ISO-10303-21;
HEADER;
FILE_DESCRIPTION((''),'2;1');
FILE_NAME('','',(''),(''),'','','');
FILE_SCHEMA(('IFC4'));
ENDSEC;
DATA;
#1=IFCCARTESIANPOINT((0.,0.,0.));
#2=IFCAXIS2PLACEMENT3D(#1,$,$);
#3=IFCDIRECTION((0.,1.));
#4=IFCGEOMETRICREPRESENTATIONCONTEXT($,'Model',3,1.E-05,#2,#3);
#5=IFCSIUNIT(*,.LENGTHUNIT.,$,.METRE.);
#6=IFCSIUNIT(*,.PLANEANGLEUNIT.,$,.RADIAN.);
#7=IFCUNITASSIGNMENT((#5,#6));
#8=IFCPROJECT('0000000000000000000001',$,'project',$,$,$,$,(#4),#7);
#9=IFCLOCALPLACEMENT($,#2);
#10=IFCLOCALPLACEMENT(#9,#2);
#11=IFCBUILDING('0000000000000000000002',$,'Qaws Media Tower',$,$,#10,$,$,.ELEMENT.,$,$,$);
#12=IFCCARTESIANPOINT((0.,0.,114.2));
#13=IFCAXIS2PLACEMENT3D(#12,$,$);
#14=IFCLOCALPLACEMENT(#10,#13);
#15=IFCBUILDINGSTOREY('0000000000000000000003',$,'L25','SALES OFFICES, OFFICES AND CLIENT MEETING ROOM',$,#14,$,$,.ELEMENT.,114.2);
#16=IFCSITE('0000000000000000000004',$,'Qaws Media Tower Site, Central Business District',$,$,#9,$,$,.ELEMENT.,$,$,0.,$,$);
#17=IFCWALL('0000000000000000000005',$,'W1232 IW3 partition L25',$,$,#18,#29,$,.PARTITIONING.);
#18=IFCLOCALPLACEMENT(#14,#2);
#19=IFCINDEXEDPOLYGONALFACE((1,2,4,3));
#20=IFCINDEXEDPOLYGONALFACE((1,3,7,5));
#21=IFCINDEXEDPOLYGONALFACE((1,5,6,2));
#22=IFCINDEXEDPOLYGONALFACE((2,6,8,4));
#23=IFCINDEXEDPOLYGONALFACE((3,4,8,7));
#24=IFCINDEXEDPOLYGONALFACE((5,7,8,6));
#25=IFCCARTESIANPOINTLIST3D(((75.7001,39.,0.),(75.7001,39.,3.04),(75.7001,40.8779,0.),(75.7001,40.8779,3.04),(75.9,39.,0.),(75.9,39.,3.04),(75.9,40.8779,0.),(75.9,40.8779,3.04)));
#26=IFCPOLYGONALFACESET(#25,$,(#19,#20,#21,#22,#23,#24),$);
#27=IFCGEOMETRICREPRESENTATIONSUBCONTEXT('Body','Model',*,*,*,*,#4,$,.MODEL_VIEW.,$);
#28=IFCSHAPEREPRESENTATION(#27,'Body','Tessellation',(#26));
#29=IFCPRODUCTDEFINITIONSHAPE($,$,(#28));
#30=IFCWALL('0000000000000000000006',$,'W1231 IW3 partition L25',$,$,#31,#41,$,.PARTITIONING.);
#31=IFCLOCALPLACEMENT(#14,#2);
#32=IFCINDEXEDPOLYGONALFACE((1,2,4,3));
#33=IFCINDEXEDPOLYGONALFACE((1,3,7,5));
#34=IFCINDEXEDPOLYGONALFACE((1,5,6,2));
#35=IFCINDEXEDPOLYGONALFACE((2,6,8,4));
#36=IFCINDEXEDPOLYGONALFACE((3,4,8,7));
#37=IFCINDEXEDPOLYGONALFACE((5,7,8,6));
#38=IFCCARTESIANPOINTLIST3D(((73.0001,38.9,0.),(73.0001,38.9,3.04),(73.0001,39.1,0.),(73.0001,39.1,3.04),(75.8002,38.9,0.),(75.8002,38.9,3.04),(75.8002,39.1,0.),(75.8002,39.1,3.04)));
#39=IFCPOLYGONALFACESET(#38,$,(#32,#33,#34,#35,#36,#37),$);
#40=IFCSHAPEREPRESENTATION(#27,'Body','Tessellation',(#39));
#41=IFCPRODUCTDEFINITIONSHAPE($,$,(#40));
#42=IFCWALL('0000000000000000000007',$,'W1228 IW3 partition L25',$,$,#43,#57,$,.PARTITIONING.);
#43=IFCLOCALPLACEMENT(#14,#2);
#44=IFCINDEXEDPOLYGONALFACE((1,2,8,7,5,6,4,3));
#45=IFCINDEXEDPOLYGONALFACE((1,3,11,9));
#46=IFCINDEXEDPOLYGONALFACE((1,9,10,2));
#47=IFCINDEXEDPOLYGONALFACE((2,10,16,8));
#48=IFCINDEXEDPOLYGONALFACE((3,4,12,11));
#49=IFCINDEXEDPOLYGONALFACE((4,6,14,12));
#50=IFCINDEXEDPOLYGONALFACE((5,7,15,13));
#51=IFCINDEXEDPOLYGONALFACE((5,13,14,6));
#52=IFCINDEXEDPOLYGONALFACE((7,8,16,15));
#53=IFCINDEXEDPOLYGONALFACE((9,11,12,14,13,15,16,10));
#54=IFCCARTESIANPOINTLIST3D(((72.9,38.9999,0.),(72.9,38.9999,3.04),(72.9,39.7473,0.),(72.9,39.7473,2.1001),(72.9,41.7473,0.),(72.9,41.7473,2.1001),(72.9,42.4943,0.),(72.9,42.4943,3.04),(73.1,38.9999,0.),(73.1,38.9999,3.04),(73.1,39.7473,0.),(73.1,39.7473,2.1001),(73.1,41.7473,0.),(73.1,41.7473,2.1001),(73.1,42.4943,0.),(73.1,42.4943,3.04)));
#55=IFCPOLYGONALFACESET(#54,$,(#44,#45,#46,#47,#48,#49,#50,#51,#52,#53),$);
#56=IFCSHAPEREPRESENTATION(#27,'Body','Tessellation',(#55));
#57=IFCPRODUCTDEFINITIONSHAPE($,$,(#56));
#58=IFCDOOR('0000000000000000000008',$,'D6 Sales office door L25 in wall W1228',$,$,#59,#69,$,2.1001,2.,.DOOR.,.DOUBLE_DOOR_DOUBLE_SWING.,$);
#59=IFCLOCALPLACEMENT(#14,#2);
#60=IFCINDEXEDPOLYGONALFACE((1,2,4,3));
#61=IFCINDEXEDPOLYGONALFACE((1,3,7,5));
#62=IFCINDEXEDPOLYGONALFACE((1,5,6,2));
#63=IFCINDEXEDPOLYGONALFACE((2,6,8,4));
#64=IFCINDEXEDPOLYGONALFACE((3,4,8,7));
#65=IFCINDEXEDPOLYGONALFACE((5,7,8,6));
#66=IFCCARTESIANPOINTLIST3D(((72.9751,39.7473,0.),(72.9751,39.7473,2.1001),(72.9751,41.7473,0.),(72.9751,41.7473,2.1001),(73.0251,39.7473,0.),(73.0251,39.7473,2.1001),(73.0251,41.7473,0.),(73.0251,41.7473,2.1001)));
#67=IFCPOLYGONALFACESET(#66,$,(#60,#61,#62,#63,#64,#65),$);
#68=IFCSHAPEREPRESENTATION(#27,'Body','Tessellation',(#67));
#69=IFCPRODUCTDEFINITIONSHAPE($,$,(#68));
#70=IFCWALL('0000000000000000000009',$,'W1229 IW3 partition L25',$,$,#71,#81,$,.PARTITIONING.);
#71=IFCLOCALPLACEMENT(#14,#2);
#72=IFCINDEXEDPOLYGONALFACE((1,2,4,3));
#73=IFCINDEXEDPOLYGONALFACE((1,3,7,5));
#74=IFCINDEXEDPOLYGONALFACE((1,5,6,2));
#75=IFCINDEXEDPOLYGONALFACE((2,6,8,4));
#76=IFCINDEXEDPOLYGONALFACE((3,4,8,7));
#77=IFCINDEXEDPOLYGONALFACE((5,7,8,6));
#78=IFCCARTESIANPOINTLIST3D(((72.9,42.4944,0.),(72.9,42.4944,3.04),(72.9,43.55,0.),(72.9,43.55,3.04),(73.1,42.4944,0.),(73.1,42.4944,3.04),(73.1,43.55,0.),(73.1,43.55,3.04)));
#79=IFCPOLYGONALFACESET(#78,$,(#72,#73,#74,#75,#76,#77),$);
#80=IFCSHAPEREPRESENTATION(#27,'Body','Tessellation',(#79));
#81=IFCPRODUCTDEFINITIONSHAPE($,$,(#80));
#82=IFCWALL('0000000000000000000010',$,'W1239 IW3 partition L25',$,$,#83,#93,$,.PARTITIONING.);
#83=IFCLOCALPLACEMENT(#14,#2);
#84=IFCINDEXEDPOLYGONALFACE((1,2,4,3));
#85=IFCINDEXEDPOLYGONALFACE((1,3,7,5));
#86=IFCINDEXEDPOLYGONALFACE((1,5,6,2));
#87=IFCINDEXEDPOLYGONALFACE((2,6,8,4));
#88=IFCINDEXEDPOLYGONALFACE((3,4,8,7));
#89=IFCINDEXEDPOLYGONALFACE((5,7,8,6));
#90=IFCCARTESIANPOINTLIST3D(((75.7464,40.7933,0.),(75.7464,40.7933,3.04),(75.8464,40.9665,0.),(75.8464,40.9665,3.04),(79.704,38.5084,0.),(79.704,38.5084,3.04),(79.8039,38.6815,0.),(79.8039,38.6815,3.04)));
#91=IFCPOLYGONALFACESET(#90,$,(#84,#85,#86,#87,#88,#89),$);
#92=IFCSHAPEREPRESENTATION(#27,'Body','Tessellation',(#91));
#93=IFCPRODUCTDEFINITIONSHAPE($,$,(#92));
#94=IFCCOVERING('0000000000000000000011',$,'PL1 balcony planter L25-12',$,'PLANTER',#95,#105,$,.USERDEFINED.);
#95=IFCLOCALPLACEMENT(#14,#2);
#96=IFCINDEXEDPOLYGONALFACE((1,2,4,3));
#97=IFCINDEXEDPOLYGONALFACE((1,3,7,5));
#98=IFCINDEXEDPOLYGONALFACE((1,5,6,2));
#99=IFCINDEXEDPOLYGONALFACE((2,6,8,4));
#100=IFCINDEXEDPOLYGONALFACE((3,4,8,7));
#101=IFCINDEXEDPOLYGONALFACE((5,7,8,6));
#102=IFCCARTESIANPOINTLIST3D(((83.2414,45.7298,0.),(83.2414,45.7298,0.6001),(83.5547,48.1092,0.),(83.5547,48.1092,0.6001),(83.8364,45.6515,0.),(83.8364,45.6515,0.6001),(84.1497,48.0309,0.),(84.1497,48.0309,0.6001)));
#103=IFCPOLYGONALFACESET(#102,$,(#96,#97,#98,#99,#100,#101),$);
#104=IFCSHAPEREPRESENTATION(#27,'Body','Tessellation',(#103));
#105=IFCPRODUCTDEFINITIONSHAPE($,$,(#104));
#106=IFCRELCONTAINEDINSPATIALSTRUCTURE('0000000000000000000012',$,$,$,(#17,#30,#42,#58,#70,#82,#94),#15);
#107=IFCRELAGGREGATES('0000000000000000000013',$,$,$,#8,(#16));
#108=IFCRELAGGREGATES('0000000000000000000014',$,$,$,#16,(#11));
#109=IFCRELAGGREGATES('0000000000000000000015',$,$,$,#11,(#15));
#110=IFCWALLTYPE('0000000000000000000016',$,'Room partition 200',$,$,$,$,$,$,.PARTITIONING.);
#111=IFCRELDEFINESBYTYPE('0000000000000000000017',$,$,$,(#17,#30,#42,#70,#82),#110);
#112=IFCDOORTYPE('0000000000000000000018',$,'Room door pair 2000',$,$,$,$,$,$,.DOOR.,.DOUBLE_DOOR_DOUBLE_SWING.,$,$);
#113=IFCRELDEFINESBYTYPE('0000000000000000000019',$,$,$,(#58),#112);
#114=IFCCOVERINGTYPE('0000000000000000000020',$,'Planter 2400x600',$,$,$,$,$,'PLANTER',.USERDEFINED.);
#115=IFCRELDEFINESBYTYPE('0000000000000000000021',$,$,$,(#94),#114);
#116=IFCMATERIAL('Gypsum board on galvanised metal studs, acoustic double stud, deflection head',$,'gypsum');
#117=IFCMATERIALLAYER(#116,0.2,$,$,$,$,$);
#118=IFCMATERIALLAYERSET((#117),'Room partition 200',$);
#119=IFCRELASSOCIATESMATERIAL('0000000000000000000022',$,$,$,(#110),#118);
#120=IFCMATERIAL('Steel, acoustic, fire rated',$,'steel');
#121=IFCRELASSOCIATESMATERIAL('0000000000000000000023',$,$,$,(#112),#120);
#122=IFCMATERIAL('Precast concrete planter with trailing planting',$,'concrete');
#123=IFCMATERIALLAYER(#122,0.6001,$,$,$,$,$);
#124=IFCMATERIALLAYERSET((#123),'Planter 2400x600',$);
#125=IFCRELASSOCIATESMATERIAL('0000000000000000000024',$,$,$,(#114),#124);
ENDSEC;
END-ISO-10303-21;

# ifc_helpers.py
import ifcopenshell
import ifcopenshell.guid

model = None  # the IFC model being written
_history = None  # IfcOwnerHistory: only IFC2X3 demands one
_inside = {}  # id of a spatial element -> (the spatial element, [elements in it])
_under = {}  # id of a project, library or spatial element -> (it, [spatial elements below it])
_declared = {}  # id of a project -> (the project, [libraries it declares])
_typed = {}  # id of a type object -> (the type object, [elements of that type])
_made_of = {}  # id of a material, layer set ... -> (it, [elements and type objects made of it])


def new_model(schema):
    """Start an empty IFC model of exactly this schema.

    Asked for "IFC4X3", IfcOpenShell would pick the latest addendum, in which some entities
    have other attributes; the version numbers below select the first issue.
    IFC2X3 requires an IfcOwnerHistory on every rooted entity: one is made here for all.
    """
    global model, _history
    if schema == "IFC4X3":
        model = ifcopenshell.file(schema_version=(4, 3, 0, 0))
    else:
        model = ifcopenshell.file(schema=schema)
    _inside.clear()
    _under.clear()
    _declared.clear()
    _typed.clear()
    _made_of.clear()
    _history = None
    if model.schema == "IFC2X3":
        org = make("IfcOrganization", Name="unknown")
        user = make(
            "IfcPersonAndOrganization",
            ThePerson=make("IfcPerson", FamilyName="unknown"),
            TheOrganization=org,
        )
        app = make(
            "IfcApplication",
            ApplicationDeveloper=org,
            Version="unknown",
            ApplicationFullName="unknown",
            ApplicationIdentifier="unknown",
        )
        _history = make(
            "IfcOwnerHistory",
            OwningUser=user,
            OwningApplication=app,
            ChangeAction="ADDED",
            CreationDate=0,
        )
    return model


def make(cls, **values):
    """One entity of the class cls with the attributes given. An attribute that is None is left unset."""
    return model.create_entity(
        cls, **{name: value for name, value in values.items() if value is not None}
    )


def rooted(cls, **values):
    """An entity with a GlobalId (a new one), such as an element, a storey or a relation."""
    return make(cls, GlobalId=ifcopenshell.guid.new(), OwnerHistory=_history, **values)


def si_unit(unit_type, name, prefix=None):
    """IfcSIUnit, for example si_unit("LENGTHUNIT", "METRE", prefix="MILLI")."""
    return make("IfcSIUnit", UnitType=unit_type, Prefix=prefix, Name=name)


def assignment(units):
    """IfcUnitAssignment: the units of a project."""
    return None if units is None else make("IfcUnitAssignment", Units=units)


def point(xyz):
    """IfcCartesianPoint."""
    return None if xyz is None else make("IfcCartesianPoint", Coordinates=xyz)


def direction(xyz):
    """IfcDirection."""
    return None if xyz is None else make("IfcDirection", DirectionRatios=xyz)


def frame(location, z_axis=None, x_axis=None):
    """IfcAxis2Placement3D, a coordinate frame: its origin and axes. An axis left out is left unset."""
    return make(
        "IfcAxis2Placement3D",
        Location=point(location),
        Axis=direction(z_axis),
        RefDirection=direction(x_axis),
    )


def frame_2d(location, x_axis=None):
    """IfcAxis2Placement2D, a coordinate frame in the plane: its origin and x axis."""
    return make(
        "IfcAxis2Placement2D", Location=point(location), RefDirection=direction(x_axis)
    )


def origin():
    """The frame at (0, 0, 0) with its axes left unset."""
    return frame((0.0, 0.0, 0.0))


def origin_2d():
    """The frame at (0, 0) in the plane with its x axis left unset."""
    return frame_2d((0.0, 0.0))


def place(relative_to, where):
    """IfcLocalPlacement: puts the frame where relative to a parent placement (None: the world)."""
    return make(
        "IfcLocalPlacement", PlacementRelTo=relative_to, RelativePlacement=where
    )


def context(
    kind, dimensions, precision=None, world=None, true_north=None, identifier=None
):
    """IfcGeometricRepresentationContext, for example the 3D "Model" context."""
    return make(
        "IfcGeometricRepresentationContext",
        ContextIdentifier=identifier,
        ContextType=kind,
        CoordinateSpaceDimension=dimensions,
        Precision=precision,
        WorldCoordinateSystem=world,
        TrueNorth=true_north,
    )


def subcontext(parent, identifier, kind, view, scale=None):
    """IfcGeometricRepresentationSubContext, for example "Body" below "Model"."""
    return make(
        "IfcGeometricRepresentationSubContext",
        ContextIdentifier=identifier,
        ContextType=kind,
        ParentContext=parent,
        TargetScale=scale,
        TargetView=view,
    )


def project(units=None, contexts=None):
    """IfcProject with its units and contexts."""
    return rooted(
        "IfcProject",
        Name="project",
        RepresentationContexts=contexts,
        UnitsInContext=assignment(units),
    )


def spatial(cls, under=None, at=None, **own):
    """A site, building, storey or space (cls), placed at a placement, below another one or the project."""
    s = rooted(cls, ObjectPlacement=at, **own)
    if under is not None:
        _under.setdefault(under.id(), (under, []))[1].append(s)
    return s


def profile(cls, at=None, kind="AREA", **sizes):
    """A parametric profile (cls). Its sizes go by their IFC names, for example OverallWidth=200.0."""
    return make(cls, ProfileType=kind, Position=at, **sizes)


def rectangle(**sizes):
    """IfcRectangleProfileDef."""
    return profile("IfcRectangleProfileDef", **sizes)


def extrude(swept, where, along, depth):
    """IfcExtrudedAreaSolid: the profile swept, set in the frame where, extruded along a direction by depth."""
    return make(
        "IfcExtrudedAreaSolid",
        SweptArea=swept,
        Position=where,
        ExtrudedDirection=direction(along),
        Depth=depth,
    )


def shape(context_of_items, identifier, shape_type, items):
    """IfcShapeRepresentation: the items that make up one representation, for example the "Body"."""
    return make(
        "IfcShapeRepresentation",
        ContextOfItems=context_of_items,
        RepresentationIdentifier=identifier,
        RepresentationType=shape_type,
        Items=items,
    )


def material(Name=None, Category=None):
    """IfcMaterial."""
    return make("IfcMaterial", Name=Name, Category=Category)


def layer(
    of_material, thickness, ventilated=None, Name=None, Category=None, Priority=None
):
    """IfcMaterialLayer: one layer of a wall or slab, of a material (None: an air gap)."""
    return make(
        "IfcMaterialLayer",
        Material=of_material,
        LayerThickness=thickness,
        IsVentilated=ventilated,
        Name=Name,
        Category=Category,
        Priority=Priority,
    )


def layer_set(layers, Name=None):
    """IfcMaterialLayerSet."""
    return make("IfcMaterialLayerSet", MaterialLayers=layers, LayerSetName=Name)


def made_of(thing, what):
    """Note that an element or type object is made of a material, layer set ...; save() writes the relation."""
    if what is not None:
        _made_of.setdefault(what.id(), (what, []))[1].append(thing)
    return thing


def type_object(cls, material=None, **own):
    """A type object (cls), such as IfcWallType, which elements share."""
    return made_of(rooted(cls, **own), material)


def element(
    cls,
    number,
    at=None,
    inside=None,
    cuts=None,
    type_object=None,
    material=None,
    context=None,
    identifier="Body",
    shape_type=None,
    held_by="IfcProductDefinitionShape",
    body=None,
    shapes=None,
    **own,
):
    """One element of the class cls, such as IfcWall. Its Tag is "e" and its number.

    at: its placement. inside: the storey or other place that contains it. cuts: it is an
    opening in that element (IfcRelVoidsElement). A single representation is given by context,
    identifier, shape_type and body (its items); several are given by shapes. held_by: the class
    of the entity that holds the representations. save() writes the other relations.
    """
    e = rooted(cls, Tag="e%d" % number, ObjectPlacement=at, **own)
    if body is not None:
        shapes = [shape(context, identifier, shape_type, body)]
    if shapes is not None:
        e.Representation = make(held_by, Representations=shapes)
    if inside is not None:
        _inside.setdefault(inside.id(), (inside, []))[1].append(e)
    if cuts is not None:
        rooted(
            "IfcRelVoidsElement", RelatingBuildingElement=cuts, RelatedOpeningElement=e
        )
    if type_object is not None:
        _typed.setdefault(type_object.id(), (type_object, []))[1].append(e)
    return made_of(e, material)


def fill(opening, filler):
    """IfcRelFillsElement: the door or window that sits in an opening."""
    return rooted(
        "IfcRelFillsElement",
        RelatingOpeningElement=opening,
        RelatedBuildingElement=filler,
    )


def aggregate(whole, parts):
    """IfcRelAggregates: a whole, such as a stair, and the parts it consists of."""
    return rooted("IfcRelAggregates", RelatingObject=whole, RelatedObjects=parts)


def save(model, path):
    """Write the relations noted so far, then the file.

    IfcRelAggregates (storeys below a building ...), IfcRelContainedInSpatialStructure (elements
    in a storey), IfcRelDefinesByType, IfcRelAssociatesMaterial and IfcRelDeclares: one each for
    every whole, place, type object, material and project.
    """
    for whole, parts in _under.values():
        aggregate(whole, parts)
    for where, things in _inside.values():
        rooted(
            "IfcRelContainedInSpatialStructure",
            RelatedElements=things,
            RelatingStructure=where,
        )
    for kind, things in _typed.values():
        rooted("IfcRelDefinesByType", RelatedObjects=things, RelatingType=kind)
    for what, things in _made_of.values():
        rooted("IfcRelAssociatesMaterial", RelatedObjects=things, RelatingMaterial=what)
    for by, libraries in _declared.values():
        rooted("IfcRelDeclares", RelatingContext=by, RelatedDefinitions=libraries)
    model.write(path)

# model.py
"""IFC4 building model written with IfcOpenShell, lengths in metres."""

from ifc_helpers import new_model, si_unit, direction, frame, frame_2d, origin, origin_2d, place, context, subcontext, project, spatial, rectangle, extrude, material, layer, layer_set, type_object, element, fill, save


model = new_model("IFC4")

# Units and contexts
model_context = context("Model", 3, precision=1e-05, world=origin(), true_north=direction((0.0, 1.0)))
body_context = subcontext(model_context, "Body", "Model", "MODEL_VIEW")
ifc_project = project(units=[si_unit("LENGTHUNIT", "METRE"), si_unit("PLANEANGLEUNIT", "RADIAN")], contexts=[model_context])

# Site, building, storey
site_placement = place(None, origin())
site = spatial("IfcSite", under=ifc_project, at=site_placement, Name="Qaws Media Tower Site, Central Business District", CompositionType="ELEMENT", RefElevation=0.0)
building_placement = place(site_placement, origin())
building = spatial("IfcBuilding", under=site, at=building_placement, Name="Qaws Media Tower", CompositionType="ELEMENT")
storey_placement = place(building_placement, frame((0.0, 0.0, 114.2)))
storey = spatial("IfcBuildingStorey", under=building, at=storey_placement, Name="L25", Description="SALES OFFICES, OFFICES AND CLIENT MEETING ROOM", CompositionType="ELEMENT", Elevation=114.2)

# Walls
ifc_material_1 = material(Name="Gypsum board on galvanised metal studs, acoustic double stud, deflection head", Category="gypsum")
ifc_layer_1 = layer(ifc_material_1, 0.2)
ifc_layer_set_1 = layer_set([ifc_layer_1], Name="Room partition 200")
wall_type_1 = type_object("IfcWallType", Name="Room partition 200", PredefinedType="PARTITIONING", material=ifc_layer_set_1)
wall_1_placement = place(storey_placement, frame((75.8, 40.8779, 0.0), z_axis=(0.0, 0.0, 1.0), x_axis=(0.0, -1.0, 0.0)))
element("IfcWall", 1, at=wall_1_placement, inside=storey, type_object=wall_type_1, Name="W1232 IW3 partition L25", PredefinedType="PARTITIONING", context=body_context, shape_type="SweptSolid", body=[
    extrude(rectangle(XDim=1.8779, YDim=0.2, at=frame_2d((0.939, 0.0))), origin(), (0.0, 0.0, 1.0), 3.04),
])
wall_2_placement = place(storey_placement, frame((75.8, 39.0, 0.0), z_axis=(0.0, 0.0, 1.0), x_axis=(-1.0, 0.0, 0.0)))
element("IfcWall", 2, at=wall_2_placement, inside=storey, type_object=wall_type_1, Name="W1231 IW3 partition L25", PredefinedType="PARTITIONING", context=body_context, shape_type="SweptSolid", body=[
    extrude(rectangle(XDim=2.8, YDim=0.2, at=frame_2d((1.3999, 0.0))), origin(), (0.0, 0.0, 1.0), 3.04),
])

# Wall, opening, door
wall_3_placement = place(storey_placement, frame((73.0, 39.0, 0.0), z_axis=(0.0, 0.0, 1.0), x_axis=(0.0, 1.0, 0.0)))
wall_3 = element("IfcWall", 3, at=wall_3_placement, inside=storey, type_object=wall_type_1, Name="W1228 IW3 partition L25", PredefinedType="PARTITIONING", context=body_context, shape_type="SweptSolid", body=[
    extrude(rectangle(XDim=3.4944, YDim=0.2, at=frame_2d((1.7471, 0.0))), origin(), (0.0, 0.0, 1.0), 3.04),
])
opening_placement = place(wall_3_placement, frame((0.7473, 0.0, 0.0)))
opening = element("IfcOpeningElement", 4, at=opening_placement, cuts=wall_3, PredefinedType="OPENING", context=body_context, shape_type="SweptSolid", body=[
    extrude(rectangle(XDim=2.0, YDim=2.1001, at=frame_2d((1.0, 1.05))), frame((0.0, 0.1099, 0.0), z_axis=(0.0, -1.0, 0.0), x_axis=(1.0, 0.0, 0.0)), (0.0, 0.0, 1.0), 0.22),
])
ifc_material_2 = material(Name="Steel, acoustic, fire rated", Category="steel")
door_type = type_object("IfcDoorType", Name="Room door pair 2000", OperationType="DOUBLE_DOOR_DOUBLE_SWING", PredefinedType="DOOR", material=ifc_material_2)
door_placement = place(opening_placement, origin())
door = element("IfcDoor", 5, at=door_placement, inside=storey, type_object=door_type, Name="D6 Sales office door L25 in wall W1228", OperationType="DOUBLE_DOOR_DOUBLE_SWING", OverallHeight=2.1001, OverallWidth=2.0, PredefinedType="DOOR", context=body_context, shape_type="SweptSolid", body=[
    extrude(rectangle(XDim=2.0, YDim=2.1001, at=frame_2d((1.0, 1.05))), frame((0.0, 0.0249, 0.0), z_axis=(0.0, -1.0, 0.0), x_axis=(1.0, 0.0, 0.0)), (0.0, 0.0, 1.0), 0.05),
])
fill(opening, door)

# Walls
wall_4_placement = place(storey_placement, frame((73.0, 42.4944, 0.0), z_axis=(0.0, 0.0, 1.0), x_axis=(0.0, 1.0, 0.0)))
element("IfcWall", 6, at=wall_4_placement, inside=storey, type_object=wall_type_1, Name="W1229 IW3 partition L25", PredefinedType="PARTITIONING", context=body_context, shape_type="SweptSolid", body=[
    extrude(rectangle(XDim=1.0557, YDim=0.2, at=frame_2d((0.5278, 0.0))), origin(), (0.0, 0.0, 1.0), 3.04),
])
wall_5_placement = place(storey_placement, frame((75.7964, 40.8799, 0.0), z_axis=(0.0, 0.0, 1.0), x_axis=(0.866022, -0.500006, 0.0)))
element("IfcWall", 7, at=wall_5_placement, inside=storey, type_object=wall_type_1, Name="W1239 IW3 partition L25", PredefinedType="PARTITIONING", context=body_context, shape_type="SweptSolid", body=[
    extrude(rectangle(XDim=4.5698, YDim=0.2, at=frame_2d((2.2849, 0.0))), origin(), (0.0, 0.0, 1.0), 3.04),
])

# Covering
ifc_material_3 = material(Name="Precast concrete planter with trailing planting", Category="concrete")
ifc_layer_2 = layer(ifc_material_3, 0.6001)
ifc_layer_set_2 = layer_set([ifc_layer_2], Name="Planter 2400x600")
covering_type = type_object("IfcCoveringType", Name="Planter 2400x600", ElementType="PLANTER", PredefinedType="USERDEFINED", material=ifc_layer_set_2)
covering_placement = place(storey_placement, frame((83.6956, 46.8804, 0.0), z_axis=(0.0, 0.0, 1.0), x_axis=(0.130526, 0.991445, 0.0)))
element("IfcCovering", 8, at=covering_placement, inside=storey, type_object=covering_type, Name="PL1 balcony planter L25-12", ObjectType="PLANTER", PredefinedType="USERDEFINED", context=body_context, shape_type="SweptSolid", body=[
    extrude(rectangle(XDim=2.3999, YDim=0.6001, at=origin_2d()), origin(), (0.0, 0.0, 1.0), 0.6001),
])

save(model, "model.ifc")
